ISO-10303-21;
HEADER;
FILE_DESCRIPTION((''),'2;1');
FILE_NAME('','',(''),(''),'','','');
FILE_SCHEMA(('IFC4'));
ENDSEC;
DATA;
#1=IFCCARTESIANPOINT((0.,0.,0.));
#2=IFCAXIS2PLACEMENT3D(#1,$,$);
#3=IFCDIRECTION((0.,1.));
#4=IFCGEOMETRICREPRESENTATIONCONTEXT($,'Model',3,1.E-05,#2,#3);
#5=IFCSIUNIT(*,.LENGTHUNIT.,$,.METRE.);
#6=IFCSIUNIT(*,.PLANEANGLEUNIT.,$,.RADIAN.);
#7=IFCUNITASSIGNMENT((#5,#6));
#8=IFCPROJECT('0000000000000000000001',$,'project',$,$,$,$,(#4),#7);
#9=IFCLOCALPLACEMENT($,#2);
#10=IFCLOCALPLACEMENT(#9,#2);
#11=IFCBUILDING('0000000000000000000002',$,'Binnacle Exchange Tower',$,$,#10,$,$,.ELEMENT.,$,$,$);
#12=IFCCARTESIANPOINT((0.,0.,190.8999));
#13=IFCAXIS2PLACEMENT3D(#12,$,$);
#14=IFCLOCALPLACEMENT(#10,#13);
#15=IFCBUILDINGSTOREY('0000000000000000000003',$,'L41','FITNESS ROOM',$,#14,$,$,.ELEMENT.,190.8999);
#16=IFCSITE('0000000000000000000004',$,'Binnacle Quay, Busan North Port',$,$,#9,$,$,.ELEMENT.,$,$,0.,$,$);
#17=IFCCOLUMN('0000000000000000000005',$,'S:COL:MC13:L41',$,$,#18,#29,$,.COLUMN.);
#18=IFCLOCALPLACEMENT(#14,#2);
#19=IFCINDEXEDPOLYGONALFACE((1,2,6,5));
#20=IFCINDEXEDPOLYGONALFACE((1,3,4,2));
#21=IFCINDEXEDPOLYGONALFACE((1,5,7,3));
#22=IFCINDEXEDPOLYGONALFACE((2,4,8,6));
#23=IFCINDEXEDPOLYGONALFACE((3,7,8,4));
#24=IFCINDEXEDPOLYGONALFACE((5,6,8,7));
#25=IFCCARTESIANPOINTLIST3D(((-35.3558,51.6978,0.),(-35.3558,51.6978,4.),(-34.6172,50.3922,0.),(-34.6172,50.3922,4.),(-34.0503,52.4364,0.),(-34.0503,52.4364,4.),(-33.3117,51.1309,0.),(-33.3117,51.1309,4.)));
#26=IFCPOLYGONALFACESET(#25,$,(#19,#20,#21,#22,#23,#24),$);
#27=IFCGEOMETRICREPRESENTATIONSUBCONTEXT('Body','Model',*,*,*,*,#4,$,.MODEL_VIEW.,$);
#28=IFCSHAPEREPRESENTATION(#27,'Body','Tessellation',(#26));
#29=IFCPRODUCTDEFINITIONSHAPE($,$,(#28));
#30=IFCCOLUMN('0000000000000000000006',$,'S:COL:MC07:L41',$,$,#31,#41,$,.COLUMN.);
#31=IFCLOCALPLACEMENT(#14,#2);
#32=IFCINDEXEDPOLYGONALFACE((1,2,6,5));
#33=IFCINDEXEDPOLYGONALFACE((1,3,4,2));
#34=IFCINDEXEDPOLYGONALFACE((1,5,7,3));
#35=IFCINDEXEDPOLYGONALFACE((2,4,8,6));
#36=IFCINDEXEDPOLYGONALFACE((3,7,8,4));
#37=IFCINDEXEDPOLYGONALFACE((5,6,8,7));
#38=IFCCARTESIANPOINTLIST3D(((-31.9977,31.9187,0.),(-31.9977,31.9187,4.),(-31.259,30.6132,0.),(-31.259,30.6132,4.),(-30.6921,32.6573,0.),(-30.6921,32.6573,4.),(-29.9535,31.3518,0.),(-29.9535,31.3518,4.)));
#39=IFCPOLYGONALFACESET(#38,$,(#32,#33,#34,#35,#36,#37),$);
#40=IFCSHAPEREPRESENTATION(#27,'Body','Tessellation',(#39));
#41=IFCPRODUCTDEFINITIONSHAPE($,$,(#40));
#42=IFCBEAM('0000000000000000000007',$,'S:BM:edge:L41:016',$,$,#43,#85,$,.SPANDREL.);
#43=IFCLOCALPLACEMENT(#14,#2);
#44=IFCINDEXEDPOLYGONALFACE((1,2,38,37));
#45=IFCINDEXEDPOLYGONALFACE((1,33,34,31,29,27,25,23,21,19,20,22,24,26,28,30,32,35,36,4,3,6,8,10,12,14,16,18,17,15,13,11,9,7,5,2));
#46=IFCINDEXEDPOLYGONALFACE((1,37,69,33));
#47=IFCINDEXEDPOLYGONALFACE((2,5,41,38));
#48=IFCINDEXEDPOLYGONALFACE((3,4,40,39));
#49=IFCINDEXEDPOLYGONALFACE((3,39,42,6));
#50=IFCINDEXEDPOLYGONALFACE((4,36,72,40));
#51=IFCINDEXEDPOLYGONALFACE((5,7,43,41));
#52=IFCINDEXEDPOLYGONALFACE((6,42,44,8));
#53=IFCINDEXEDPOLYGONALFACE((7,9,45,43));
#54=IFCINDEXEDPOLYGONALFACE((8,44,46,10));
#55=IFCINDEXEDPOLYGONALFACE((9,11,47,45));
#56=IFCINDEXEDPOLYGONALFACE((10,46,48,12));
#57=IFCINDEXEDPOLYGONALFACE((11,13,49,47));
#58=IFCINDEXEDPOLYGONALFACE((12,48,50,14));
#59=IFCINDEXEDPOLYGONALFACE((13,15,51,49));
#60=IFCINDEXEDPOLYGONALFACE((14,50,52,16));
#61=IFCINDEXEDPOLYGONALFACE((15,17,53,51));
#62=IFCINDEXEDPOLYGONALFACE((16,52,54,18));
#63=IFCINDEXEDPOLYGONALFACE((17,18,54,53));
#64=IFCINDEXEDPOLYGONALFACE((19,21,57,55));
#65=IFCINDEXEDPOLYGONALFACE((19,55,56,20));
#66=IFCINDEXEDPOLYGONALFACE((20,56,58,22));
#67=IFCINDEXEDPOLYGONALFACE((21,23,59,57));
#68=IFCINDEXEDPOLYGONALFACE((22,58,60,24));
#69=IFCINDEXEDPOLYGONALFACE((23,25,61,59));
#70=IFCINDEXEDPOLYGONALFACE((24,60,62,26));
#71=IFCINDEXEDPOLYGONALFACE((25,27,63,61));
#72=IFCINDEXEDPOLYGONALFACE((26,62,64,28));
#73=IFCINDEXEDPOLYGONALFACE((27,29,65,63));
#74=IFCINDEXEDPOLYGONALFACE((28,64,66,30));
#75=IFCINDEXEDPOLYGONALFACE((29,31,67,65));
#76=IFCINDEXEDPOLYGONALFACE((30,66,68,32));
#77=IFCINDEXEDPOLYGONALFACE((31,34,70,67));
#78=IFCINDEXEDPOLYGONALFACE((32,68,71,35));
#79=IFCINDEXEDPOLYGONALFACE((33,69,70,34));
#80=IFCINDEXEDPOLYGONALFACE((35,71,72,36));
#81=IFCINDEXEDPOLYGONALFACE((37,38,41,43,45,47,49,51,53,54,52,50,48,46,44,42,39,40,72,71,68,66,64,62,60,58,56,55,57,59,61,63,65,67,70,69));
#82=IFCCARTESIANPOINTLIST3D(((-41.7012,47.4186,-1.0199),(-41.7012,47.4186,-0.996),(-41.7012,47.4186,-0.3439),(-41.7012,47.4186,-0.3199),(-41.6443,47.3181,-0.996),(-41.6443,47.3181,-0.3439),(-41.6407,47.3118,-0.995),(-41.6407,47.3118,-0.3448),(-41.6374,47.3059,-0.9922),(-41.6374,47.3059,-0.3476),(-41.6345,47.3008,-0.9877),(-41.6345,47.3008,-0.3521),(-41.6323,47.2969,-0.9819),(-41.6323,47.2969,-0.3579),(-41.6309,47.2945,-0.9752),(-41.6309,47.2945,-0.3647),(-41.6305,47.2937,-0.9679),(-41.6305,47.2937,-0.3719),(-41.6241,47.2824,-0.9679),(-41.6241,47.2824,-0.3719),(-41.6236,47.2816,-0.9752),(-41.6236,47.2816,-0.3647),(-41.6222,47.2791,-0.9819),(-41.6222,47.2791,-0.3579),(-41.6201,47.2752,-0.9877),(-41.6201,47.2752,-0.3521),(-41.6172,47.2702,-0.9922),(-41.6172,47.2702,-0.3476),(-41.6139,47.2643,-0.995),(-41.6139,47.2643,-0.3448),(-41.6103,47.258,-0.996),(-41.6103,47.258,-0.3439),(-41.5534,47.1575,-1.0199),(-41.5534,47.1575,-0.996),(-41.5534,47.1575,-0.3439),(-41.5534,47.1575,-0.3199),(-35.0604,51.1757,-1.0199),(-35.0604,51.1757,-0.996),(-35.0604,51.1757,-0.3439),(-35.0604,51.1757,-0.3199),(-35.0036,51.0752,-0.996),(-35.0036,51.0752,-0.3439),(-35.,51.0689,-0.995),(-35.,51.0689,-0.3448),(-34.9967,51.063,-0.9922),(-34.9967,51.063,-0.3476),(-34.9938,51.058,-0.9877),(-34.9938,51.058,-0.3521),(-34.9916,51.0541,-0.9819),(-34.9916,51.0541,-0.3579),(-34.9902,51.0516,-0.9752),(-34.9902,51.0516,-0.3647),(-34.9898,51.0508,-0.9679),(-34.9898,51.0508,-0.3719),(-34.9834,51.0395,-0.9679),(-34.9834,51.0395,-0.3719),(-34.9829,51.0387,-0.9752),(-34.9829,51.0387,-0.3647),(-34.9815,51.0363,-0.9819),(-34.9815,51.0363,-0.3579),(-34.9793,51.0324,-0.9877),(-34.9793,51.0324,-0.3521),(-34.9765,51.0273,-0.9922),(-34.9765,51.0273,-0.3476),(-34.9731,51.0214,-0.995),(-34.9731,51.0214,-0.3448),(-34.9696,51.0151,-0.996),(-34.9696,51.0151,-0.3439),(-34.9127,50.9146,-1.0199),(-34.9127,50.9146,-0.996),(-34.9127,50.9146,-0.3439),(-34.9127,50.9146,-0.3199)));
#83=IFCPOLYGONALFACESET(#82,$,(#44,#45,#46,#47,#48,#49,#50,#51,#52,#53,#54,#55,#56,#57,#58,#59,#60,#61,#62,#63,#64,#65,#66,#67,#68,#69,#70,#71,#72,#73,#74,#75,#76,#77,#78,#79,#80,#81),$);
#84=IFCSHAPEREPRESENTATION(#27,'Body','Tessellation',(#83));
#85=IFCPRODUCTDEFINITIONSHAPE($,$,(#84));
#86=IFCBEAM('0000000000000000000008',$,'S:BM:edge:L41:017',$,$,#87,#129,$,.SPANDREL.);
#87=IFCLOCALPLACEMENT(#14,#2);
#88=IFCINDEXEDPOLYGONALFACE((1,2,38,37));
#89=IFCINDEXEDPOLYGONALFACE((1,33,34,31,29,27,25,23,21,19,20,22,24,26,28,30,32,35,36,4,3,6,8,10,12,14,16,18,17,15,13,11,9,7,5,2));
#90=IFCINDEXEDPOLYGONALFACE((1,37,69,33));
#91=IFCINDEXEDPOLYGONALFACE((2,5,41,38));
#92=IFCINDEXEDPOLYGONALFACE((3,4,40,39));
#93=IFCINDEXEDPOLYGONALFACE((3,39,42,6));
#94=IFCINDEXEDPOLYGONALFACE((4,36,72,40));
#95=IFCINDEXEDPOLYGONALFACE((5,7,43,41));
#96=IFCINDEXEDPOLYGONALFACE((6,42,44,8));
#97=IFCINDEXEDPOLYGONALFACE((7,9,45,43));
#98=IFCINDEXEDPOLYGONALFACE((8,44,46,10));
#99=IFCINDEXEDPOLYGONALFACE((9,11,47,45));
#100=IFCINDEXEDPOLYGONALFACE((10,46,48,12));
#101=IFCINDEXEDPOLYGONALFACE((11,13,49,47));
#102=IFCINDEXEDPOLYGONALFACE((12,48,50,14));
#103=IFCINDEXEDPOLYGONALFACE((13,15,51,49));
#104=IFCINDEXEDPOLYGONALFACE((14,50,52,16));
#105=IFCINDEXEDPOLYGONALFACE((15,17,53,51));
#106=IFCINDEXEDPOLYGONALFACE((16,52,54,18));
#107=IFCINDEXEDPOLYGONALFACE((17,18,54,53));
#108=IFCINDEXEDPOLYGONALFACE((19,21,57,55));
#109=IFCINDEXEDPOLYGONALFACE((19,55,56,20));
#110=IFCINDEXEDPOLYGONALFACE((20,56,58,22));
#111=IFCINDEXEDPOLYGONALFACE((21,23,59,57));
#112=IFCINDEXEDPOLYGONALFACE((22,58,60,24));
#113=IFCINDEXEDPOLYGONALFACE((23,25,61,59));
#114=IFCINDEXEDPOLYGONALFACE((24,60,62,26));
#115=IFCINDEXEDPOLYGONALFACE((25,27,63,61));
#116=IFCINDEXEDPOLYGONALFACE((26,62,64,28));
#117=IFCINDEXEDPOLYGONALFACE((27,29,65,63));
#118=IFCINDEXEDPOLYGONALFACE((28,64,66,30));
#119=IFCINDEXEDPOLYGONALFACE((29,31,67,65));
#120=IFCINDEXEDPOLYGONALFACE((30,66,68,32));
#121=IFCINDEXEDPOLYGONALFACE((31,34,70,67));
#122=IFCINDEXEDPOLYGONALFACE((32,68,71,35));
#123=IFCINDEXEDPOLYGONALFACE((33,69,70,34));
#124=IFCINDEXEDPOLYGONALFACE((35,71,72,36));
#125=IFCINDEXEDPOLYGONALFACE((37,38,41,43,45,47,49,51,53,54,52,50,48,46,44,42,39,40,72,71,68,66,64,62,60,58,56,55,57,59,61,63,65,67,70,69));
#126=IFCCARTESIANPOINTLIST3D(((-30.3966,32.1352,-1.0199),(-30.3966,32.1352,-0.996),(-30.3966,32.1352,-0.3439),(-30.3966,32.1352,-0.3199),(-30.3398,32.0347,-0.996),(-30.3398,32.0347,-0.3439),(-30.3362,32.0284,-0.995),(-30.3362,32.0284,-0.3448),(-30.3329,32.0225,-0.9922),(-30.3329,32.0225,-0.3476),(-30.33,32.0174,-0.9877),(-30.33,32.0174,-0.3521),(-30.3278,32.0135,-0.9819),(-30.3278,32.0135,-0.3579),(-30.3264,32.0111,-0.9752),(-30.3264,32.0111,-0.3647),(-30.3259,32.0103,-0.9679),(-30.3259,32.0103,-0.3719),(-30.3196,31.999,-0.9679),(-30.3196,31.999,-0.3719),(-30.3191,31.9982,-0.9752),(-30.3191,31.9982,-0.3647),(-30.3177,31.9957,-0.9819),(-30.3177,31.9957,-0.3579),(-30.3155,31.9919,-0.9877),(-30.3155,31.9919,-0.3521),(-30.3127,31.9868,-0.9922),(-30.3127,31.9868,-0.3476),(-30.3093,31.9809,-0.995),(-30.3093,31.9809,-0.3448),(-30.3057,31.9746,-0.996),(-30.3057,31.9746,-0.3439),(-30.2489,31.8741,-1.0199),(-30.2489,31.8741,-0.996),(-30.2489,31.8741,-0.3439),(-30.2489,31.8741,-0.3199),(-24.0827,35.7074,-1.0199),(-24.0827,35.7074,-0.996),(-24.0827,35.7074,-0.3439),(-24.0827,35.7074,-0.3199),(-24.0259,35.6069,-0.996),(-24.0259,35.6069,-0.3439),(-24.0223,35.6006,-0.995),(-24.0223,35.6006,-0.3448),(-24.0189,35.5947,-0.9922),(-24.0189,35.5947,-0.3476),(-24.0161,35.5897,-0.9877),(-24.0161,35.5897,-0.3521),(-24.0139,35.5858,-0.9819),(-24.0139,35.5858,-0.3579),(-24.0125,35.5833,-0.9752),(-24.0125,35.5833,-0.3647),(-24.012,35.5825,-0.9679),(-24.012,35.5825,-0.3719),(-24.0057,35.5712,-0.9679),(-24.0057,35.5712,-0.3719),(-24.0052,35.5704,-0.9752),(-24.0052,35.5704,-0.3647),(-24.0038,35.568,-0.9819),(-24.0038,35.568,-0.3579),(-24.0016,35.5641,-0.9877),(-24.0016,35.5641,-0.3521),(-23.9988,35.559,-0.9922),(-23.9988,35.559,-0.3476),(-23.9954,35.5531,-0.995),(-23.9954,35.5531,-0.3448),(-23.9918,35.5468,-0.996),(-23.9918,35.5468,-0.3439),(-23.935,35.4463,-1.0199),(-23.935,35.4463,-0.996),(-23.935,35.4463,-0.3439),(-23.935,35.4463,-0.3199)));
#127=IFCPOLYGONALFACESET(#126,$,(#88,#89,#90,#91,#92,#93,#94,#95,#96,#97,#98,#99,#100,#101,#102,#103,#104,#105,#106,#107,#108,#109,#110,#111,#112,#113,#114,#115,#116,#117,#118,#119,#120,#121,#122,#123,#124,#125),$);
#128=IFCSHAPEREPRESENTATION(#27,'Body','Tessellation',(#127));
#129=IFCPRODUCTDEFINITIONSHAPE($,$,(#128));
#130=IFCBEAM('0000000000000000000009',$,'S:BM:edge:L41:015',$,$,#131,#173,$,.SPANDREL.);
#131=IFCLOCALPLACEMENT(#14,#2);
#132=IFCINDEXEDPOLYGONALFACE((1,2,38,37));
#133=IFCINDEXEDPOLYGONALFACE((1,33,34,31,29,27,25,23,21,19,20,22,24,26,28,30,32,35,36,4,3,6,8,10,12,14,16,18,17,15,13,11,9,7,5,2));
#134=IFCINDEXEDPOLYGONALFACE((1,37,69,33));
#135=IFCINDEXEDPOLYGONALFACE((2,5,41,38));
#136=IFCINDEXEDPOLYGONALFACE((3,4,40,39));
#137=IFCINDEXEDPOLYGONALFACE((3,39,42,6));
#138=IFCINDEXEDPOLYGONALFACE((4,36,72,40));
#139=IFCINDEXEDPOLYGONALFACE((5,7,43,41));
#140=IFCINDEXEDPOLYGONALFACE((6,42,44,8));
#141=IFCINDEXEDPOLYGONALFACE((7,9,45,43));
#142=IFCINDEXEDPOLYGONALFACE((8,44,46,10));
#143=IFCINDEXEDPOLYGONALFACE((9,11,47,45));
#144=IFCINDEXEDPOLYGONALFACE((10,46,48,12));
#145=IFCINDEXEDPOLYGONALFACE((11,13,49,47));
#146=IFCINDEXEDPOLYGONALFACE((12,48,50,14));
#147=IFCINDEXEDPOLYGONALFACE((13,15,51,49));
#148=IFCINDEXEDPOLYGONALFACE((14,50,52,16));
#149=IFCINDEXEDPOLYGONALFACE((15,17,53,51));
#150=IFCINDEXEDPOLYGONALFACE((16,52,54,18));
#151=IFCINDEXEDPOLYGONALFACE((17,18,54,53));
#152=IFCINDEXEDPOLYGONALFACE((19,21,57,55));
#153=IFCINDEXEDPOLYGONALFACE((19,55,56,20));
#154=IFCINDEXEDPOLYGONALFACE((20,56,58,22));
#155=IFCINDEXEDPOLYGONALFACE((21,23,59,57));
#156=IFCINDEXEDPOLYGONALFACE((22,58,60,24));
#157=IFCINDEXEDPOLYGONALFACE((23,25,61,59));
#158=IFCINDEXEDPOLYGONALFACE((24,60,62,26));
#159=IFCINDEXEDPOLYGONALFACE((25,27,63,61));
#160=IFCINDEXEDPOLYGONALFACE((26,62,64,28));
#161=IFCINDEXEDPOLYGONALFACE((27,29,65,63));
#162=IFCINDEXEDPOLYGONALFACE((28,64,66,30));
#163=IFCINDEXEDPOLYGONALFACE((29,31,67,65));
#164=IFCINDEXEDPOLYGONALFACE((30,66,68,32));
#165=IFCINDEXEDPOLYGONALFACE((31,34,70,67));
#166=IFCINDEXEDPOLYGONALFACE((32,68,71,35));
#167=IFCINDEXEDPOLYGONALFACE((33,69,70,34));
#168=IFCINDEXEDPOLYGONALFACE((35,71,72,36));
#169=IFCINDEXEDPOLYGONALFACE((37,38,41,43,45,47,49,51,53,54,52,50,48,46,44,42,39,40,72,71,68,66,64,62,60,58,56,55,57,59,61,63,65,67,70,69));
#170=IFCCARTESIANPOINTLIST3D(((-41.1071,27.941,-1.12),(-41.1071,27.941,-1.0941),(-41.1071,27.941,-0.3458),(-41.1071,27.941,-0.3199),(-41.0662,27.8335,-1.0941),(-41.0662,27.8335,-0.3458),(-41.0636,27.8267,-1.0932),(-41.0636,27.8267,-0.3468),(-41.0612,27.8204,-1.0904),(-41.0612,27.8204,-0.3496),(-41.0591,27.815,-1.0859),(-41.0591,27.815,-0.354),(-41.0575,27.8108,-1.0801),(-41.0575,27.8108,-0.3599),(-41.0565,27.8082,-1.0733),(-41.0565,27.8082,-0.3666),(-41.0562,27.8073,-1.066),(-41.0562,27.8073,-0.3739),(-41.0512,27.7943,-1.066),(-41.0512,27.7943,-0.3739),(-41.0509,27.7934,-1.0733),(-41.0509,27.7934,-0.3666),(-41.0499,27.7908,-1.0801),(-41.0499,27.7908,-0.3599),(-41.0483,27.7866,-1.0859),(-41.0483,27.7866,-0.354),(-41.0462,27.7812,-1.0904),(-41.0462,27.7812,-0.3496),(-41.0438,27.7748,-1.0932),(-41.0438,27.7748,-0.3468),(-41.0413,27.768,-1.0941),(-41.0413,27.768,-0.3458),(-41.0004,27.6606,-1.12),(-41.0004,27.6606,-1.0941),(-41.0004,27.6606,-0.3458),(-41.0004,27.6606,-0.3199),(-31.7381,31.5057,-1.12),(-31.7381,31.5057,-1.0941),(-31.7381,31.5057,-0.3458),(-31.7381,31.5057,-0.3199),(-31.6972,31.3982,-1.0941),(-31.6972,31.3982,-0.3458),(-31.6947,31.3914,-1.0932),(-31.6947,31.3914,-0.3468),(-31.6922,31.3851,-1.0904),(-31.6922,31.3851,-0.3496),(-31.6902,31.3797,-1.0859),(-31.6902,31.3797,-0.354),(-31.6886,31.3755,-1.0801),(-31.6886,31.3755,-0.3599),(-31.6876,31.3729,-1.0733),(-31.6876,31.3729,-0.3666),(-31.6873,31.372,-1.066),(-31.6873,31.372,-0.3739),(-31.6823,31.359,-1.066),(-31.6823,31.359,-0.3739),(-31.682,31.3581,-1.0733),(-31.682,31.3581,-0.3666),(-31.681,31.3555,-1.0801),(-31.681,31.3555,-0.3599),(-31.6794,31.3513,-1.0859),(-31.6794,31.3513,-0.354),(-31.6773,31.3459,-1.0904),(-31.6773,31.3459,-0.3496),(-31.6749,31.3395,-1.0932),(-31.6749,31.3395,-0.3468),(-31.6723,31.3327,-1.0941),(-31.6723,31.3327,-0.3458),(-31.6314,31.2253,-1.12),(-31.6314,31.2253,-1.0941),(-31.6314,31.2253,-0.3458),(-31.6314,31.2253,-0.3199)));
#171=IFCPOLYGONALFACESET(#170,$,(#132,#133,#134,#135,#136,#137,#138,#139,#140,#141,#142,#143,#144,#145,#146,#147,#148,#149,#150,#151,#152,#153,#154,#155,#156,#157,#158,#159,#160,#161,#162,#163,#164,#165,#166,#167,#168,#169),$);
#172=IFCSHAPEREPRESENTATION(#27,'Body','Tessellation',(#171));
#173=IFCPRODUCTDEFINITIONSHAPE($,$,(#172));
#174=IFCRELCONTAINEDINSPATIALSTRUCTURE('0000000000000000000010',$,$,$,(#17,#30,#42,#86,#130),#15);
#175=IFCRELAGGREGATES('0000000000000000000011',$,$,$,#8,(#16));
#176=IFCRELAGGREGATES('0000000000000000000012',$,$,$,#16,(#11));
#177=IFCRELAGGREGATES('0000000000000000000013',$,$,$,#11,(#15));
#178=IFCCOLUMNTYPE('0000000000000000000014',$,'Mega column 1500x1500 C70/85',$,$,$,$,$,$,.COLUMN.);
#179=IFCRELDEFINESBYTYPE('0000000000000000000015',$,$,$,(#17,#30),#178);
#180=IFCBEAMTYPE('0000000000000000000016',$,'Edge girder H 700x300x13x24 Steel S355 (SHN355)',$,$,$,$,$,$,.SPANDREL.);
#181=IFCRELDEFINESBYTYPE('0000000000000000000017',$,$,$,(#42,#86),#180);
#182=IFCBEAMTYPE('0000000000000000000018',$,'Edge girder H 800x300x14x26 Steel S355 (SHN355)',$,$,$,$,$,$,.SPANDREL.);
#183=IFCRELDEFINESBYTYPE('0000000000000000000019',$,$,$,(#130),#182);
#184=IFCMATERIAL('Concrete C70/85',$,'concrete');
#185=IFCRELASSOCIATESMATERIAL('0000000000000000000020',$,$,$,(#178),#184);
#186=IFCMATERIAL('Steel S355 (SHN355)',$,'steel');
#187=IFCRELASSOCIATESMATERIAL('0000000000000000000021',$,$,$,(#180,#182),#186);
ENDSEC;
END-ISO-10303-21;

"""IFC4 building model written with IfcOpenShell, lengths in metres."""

from ifc_helpers import new_model, si_unit, direction, frame, origin, origin_2d, place, context, subcontext, project, spatial, rectangle, i_section, extrude, material, material_profile, profile_set, type_object, element, save


model = new_model("IFC4")

# Units and contexts
model_context = context("Model", 3, precision=1e-05, world=origin(), true_north=direction((0.0, 1.0)))
body_context = subcontext(model_context, "Body", "Model", "MODEL_VIEW")
ifc_project = project(units=[si_unit("LENGTHUNIT", "METRE"), si_unit("PLANEANGLEUNIT", "RADIAN")], contexts=[model_context])

# Site, building, storey
site_placement = place(None, origin())
site = spatial("IfcSite", under=ifc_project, at=site_placement, Name="Binnacle Quay, Busan North Port", CompositionType="ELEMENT", RefElevation=0.0)
building_placement = place(site_placement, origin())
building = spatial("IfcBuilding", under=site, at=building_placement, Name="Binnacle Exchange Tower", CompositionType="ELEMENT")
storey_placement = place(building_placement, frame((0.0, 0.0, 190.8999)))
storey = spatial("IfcBuildingStorey", under=building, at=storey_placement, Name="L41", Description="FITNESS ROOM", CompositionType="ELEMENT", Elevation=190.8999)

# Columns
ifc_material_1 = material(Name="Concrete C70/85", Category="concrete")
ifc_material_profile_1 = material_profile(ifc_material_1, rectangle(XDim=1.5, YDim=1.5, at=origin_2d()), Name="Mega column 1500x1500 C70/85")
ifc_profile_set_1 = profile_set([ifc_material_profile_1], Name="Concrete C70/85")
column_type = type_object("IfcColumnType", Name="Mega column 1500x1500 C70/85", PredefinedType="COLUMN", material=ifc_profile_set_1)
for number, where, z_axis, x_axis, name in (
    (1, (-34.3337, 51.4143, 0.0), (0.0, 0.0, 1.0), (-0.870356, -0.492424, 0.0), "S:COL:MC13:L41"),
    (2, (-30.9756, 31.6353, 0.0), (0.0, 0.0, 1.0), (0.870356, 0.492424, 0.0), "S:COL:MC07:L41"),
):
    element("IfcColumn", number, at=place(storey_placement, frame(where, z_axis=z_axis, x_axis=x_axis)), inside=storey, type_object=column_type, Name=name, PredefinedType="COLUMN", context=body_context, shape_type="SweptSolid", body=[
        extrude(rectangle(XDim=1.5, YDim=1.5, at=origin_2d()), origin(), (0.0, 0.0, 1.0), 4.0),
    ])

# Beams
ifc_material_2 = material(Name="Steel S355 (SHN355)", Category="steel")
ifc_material_profile_2 = material_profile(ifc_material_2, i_section(OverallWidth=0.3, OverallDepth=0.7, WebThickness=0.0129, FlangeThickness=0.0239, FilletRadius=0.0281, at=origin_2d()), Name="H 700x300x13x24")
ifc_profile_set_2 = profile_set([ifc_material_profile_2], Name="Steel S355 (SHN355)")
beam_type_1 = type_object("IfcBeamType", Name="Edge girder H 700x300x13x24 Steel S355 (SHN355)", PredefinedType="SPANDREL", material=ifc_profile_set_2)
beam_1_placement = place(storey_placement, frame((-34.9866, 51.0452, -0.6699), z_axis=(-0.870356, -0.492423, 0.0), x_axis=(0.492423, -0.870356, 0.0)))
element("IfcBeam", 3, at=beam_1_placement, inside=storey, type_object=beam_type_1, Name="S:BM:edge:L41:016", PredefinedType="SPANDREL", context=body_context, shape_type="SweptSolid", body=[
    extrude(i_section(OverallWidth=0.3, OverallDepth=0.7, WebThickness=0.0129, FlangeThickness=0.0239, FilletRadius=0.0281, at=origin_2d()), origin(), (0.0, 0.0, 1.0), 7.6299),
])
beam_2_placement = place(storey_placement, frame((-30.3228, 32.0046, -0.6699), z_axis=(0.870356, 0.492423, 0.0), x_axis=(-0.492423, 0.870356, 0.0)))
element("IfcBeam", 4, at=beam_2_placement, inside=storey, type_object=beam_type_1, Name="S:BM:edge:L41:017", PredefinedType="SPANDREL", context=body_context, shape_type="SweptSolid", body=[
    extrude(i_section(OverallWidth=0.3, OverallDepth=0.7, WebThickness=0.0129, FlangeThickness=0.0239, FilletRadius=0.0281, at=origin_2d()), origin(), (0.0, 0.0, 1.0), 7.2544),
])
ifc_material_profile_3 = material_profile(ifc_material_2, i_section(OverallWidth=0.3, OverallDepth=0.8, WebThickness=0.0139, FlangeThickness=0.0259, FilletRadius=0.0281, at=origin_2d()), Name="H 800x300x14x26")
ifc_profile_set_3 = profile_set([ifc_material_profile_3], Name="Steel S355 (SHN355)")
beam_type_2 = type_object("IfcBeamType", Name="Edge girder H 800x300x14x26 Steel S355 (SHN355)", PredefinedType="SPANDREL", material=ifc_profile_set_3)
beam_3_placement = place(storey_placement, frame((-41.0537, 27.8008, -0.72), z_axis=(0.934634, 0.355611, 0.0), x_axis=(-0.355611, 0.934634, 0.0)))
element("IfcBeam", 5, at=beam_3_placement, inside=storey, type_object=beam_type_2, Name="S:BM:edge:L41:015", PredefinedType="SPANDREL", context=body_context, shape_type="SweptSolid", body=[
    extrude(i_section(OverallWidth=0.3, OverallDepth=0.8, WebThickness=0.0139, FlangeThickness=0.0259, FilletRadius=0.0281, at=origin_2d()), origin(), (0.0, 0.0, 1.0), 10.0242),
])

save(model, "model.ifc")
